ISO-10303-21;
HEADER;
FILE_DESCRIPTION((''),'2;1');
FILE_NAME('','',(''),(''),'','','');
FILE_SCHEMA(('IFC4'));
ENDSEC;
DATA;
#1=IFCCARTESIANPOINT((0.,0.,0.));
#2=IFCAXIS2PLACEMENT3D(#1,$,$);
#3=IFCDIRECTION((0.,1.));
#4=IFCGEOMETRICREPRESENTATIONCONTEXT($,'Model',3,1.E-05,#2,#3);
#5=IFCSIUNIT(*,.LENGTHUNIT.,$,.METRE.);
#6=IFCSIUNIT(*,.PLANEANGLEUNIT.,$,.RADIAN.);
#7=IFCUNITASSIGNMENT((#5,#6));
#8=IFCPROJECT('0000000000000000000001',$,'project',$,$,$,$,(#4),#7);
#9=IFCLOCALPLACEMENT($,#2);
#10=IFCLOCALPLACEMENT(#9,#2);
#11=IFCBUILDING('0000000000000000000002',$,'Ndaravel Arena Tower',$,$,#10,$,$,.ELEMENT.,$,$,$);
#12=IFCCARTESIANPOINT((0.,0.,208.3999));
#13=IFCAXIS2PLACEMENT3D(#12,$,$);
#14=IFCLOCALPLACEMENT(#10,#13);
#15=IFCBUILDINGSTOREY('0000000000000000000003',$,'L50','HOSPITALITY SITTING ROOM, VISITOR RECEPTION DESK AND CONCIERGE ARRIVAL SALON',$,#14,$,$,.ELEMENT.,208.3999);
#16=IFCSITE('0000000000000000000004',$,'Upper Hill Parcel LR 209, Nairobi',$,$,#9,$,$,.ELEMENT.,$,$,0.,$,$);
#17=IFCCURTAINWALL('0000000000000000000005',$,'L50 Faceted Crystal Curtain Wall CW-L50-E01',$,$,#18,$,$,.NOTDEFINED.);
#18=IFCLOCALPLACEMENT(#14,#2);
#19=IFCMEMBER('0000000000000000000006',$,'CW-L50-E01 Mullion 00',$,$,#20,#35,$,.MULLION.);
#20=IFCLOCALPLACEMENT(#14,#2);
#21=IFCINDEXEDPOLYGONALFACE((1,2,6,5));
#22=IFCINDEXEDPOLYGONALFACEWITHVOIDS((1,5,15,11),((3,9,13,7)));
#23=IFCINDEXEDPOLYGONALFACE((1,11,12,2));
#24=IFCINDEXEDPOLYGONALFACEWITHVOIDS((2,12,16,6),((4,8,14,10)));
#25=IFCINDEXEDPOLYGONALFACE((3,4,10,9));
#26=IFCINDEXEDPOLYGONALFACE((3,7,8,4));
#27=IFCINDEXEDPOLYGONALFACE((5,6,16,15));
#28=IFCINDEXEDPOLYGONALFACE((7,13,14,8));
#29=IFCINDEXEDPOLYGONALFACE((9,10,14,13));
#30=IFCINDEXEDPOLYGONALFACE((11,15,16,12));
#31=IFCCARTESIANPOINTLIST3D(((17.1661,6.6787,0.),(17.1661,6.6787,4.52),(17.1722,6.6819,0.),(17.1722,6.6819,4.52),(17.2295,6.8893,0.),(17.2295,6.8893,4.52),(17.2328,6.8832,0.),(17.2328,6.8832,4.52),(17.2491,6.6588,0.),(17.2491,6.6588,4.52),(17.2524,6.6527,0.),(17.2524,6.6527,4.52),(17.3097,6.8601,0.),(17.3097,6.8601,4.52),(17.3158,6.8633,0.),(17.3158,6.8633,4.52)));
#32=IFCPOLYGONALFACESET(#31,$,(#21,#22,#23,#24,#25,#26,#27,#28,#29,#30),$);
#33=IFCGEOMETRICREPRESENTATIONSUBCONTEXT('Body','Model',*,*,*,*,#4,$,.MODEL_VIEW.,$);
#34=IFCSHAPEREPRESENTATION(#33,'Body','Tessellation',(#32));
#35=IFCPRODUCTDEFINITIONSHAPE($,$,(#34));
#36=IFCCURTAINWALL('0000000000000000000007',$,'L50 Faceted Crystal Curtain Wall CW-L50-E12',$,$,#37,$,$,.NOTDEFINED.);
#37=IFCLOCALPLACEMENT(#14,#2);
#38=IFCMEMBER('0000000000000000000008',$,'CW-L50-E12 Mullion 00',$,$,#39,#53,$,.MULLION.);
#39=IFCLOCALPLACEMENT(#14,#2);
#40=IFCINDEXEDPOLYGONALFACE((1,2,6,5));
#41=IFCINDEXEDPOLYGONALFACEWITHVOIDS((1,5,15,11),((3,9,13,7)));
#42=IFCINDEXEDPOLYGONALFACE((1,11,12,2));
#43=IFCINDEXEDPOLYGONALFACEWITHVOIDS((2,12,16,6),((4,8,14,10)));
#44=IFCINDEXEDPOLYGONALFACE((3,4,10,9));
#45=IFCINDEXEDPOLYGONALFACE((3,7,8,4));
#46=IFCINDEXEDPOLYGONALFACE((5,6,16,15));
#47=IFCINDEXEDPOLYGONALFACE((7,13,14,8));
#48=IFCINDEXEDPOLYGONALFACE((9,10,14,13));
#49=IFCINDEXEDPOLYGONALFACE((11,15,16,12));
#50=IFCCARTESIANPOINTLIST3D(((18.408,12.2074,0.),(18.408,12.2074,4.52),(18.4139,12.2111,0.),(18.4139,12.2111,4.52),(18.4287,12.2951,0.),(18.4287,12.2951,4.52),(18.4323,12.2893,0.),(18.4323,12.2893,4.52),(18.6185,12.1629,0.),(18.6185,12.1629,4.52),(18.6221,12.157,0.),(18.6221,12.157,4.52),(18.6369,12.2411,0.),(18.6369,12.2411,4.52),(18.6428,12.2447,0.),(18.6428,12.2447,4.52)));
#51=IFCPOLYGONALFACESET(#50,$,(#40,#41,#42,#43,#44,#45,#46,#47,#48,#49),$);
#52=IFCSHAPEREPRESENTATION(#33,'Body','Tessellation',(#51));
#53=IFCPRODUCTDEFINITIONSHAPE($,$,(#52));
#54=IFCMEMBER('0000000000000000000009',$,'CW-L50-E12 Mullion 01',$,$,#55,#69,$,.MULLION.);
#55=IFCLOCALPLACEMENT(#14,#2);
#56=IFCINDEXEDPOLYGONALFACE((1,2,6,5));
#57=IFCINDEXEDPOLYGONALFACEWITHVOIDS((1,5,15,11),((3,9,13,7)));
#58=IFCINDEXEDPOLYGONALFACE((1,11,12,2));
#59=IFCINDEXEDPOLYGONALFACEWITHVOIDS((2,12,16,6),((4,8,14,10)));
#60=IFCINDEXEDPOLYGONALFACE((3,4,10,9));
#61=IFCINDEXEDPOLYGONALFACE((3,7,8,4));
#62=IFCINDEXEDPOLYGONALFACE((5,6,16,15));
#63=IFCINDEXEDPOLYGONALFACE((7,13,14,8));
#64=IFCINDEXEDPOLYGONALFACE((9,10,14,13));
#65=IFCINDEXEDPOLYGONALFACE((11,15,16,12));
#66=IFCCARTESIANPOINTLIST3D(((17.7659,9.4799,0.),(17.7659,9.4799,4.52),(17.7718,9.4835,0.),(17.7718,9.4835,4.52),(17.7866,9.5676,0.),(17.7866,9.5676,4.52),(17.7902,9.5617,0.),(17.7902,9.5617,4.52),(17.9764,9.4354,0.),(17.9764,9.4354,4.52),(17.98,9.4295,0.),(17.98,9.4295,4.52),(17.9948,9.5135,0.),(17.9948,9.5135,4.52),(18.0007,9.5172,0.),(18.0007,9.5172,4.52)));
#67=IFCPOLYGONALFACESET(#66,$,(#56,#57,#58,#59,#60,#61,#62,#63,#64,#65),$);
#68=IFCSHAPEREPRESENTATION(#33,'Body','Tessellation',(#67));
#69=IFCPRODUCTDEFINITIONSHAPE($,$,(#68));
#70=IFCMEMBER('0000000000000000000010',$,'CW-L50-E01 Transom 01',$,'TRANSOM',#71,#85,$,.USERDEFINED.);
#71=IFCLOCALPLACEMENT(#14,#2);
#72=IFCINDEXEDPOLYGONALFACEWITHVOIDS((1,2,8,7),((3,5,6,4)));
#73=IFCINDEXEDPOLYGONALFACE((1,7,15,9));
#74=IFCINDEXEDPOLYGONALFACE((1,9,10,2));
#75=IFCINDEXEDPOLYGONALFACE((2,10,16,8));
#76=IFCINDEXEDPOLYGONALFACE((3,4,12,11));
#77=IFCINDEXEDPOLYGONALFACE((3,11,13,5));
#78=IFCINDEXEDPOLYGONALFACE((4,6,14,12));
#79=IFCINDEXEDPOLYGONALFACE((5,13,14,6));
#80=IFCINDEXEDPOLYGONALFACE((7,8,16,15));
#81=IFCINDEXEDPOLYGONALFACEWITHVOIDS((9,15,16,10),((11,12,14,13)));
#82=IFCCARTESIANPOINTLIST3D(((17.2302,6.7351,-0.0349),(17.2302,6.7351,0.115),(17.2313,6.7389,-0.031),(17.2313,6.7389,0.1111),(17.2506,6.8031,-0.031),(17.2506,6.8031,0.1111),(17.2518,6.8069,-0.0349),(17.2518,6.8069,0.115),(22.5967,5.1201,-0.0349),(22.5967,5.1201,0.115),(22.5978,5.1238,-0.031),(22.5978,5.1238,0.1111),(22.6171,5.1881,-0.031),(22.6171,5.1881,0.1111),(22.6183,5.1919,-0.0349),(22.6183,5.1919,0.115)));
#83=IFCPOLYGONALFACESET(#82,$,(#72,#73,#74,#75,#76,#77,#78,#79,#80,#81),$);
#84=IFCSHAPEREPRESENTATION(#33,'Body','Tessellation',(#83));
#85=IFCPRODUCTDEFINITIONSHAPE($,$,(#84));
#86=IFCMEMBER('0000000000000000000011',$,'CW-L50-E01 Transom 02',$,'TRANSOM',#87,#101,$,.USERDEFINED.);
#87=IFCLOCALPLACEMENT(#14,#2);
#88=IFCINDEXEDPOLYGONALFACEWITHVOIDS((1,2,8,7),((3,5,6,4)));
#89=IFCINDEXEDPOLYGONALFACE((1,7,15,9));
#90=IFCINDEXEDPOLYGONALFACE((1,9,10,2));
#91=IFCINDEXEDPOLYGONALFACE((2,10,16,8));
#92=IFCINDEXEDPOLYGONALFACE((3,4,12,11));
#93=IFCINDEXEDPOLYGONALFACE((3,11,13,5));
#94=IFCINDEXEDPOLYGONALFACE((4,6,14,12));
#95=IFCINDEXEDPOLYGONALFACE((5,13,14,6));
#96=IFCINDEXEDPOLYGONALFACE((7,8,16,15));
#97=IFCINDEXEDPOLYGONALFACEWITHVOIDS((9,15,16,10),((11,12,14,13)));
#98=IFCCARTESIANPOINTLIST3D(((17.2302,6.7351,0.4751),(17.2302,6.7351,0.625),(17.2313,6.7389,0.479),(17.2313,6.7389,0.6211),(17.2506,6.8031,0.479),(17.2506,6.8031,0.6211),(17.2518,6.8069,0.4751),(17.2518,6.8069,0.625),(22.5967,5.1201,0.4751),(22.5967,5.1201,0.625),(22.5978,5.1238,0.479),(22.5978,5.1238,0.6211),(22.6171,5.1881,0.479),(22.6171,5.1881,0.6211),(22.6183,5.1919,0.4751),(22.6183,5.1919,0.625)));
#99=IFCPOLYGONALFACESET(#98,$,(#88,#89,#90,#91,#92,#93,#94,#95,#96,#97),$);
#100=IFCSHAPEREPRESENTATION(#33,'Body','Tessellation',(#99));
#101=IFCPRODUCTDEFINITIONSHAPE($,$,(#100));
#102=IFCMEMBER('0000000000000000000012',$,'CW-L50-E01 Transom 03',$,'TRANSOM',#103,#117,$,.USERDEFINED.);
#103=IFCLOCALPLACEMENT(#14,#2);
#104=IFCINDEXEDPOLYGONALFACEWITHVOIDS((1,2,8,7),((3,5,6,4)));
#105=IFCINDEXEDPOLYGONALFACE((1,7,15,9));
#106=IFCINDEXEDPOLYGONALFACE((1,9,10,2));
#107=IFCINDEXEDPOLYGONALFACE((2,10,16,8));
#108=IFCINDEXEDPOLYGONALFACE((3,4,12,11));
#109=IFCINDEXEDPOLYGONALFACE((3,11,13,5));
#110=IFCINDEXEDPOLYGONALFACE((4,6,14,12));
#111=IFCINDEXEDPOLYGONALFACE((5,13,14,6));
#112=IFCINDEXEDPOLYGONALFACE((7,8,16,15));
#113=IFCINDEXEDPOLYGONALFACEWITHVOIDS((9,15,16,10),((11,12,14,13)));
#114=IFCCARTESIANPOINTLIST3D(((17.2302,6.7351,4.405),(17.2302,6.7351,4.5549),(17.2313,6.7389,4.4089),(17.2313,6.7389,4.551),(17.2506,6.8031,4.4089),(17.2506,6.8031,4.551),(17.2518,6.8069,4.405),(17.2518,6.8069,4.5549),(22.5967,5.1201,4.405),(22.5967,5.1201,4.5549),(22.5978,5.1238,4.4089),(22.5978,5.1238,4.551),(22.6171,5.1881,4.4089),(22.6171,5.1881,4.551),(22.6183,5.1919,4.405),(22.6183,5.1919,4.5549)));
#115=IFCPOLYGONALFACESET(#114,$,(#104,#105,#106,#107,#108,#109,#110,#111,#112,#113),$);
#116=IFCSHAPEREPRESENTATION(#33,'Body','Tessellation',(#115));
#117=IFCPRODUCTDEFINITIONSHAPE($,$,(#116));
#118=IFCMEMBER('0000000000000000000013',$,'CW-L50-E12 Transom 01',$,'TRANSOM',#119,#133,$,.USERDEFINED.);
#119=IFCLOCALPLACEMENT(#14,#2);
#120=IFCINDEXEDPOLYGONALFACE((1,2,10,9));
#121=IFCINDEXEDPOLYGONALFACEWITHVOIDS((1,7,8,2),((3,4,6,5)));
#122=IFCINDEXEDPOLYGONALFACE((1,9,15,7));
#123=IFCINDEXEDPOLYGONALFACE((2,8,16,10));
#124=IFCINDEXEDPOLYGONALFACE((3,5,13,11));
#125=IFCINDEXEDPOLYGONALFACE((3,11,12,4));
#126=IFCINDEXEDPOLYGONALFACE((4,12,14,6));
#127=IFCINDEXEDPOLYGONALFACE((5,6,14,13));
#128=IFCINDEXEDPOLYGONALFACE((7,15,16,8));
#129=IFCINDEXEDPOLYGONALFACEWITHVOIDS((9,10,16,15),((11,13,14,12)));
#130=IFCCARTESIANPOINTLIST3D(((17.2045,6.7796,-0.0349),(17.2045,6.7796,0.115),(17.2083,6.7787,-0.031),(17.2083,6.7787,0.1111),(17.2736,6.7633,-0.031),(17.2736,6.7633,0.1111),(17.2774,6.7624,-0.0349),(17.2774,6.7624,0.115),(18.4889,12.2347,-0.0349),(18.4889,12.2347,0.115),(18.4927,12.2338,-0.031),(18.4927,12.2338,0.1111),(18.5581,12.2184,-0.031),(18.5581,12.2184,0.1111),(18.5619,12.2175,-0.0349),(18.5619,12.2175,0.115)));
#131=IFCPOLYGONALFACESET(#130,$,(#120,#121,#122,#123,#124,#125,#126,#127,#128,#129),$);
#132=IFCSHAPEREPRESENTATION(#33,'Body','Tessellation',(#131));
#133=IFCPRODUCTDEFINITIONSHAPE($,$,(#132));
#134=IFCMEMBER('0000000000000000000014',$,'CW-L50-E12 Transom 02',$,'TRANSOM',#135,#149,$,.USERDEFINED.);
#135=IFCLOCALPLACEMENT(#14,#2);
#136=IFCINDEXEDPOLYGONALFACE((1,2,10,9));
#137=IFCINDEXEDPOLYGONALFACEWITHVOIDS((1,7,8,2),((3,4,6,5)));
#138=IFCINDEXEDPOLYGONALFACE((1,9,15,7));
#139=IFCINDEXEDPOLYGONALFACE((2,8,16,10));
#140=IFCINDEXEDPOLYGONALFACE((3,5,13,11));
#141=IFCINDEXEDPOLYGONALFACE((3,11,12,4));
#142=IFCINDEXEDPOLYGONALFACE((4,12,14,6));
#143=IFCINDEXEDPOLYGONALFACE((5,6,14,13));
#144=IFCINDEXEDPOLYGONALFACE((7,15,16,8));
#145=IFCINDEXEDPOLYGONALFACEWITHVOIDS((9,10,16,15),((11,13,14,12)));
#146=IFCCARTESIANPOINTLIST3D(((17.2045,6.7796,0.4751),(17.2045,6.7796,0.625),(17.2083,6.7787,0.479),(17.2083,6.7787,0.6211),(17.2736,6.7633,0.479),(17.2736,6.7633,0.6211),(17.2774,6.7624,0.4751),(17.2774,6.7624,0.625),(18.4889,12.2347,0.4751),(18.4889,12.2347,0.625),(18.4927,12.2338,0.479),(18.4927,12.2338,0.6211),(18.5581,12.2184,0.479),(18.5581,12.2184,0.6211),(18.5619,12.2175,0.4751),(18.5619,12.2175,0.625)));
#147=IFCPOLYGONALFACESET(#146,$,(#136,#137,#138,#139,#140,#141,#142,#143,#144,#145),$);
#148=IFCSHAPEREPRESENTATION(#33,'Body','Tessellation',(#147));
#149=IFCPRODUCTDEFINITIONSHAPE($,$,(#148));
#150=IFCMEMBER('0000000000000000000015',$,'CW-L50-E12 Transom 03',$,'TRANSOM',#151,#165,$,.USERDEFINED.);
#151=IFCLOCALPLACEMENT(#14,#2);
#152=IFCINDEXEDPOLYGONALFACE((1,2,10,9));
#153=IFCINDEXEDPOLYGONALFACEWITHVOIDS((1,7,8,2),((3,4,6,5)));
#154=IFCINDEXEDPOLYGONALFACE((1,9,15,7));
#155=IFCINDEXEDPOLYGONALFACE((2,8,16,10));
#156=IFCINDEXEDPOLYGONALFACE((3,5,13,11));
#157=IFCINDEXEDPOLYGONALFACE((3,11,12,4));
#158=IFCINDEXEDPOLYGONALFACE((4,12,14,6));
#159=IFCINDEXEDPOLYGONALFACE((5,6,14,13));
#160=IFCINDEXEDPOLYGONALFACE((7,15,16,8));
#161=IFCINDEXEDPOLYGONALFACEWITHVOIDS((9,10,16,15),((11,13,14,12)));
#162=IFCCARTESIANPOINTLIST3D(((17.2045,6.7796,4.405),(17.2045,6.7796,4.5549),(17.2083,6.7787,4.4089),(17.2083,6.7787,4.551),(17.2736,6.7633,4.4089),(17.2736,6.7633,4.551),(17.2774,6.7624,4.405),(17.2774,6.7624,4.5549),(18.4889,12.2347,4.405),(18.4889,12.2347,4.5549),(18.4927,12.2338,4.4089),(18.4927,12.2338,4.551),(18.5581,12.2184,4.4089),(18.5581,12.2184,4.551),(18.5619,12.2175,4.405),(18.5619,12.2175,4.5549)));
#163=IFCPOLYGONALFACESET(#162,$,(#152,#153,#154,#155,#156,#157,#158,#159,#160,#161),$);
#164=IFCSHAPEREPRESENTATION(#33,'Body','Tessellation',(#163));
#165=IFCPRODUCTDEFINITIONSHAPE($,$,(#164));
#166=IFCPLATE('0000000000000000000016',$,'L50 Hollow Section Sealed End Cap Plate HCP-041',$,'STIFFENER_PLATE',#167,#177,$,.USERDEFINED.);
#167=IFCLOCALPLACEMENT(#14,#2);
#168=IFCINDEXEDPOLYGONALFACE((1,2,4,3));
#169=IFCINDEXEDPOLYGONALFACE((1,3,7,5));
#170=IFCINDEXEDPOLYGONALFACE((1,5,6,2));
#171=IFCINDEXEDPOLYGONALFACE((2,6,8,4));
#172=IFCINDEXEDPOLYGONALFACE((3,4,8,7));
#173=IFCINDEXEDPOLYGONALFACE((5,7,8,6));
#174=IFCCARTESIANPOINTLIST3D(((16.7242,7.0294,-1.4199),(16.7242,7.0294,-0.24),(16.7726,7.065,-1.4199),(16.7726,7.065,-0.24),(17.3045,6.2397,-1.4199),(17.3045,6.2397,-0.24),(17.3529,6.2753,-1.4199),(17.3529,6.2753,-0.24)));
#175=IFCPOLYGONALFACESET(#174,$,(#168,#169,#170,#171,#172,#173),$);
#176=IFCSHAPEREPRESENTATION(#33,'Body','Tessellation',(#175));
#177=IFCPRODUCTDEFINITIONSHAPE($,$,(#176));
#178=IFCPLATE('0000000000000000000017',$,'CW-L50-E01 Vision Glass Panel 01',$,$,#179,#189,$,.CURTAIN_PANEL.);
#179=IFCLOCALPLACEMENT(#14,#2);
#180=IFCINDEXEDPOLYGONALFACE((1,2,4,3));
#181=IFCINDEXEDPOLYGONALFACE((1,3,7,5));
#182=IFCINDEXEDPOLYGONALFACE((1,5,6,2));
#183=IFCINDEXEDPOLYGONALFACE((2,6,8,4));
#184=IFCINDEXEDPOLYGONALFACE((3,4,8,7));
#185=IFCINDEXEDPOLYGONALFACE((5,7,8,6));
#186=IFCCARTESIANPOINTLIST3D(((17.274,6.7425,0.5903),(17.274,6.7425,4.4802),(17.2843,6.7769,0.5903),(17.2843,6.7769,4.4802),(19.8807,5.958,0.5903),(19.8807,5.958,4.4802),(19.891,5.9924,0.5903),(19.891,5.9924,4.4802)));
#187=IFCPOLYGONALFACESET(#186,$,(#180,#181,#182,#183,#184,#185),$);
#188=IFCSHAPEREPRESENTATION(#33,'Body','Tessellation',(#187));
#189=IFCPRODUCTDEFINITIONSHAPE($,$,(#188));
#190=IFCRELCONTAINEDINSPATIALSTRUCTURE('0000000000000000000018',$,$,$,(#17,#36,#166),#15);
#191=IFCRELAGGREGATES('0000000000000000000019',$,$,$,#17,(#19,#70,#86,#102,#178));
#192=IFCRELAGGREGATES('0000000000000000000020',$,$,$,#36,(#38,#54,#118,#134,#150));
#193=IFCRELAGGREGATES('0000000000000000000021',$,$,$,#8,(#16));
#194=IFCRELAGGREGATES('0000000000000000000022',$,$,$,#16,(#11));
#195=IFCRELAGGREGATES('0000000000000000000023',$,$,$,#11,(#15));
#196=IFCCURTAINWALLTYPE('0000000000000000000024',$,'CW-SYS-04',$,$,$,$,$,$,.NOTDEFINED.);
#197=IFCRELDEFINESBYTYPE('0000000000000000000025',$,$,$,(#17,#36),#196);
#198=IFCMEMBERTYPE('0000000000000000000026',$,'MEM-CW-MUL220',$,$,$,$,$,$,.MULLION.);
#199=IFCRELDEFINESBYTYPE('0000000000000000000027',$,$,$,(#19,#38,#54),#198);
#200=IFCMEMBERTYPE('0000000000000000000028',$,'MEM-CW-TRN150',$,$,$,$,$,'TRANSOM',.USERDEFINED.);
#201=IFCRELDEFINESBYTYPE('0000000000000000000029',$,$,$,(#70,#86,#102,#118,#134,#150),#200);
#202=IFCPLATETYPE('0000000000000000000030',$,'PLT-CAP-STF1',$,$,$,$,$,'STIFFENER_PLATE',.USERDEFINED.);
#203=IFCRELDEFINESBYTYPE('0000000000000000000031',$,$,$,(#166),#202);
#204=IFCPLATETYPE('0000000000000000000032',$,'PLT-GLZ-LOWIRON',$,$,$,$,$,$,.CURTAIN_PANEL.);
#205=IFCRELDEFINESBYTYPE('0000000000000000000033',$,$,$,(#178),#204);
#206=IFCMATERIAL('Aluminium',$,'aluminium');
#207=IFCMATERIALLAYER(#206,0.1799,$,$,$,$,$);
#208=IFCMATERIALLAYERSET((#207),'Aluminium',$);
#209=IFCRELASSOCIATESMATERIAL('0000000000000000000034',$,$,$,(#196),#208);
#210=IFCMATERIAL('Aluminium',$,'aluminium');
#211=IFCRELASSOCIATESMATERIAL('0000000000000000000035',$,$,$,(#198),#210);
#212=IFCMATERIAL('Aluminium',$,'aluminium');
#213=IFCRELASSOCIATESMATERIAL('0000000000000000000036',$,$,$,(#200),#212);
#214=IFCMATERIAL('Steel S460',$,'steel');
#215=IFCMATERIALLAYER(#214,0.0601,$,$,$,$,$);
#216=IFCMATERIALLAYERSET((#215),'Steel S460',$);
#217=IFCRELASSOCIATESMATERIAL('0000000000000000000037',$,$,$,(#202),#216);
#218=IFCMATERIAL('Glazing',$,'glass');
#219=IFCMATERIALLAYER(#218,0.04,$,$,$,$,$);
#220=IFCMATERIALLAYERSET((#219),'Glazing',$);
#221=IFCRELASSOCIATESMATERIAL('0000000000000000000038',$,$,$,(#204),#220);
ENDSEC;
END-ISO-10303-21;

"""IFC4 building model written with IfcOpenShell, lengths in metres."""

from ifc_helpers import new_model, si_unit, direction, frame, origin, origin_2d, place, context, subcontext, project, spatial, rectangle, hollow_rectangle, extrude, material, layer, layer_set, material_profile, profile_set, type_object, element, aggregate, save


model = new_model("IFC4")

# Units and contexts
model_context = context("Model", 3, precision=1e-05, world=origin(), true_north=direction((0.0, 1.0)))
body_context = subcontext(model_context, "Body", "Model", "MODEL_VIEW")
ifc_project = project(units=[si_unit("LENGTHUNIT", "METRE"), si_unit("PLANEANGLEUNIT", "RADIAN")], contexts=[model_context])

# Site, building, storey
site_placement = place(None, origin())
site = spatial("IfcSite", under=ifc_project, at=site_placement, Name="Upper Hill Parcel LR 209, Nairobi", CompositionType="ELEMENT", RefElevation=0.0)
building_placement = place(site_placement, origin())
building = spatial("IfcBuilding", under=site, at=building_placement, Name="Ndaravel Arena Tower", CompositionType="ELEMENT")
storey_placement = place(building_placement, frame((0.0, 0.0, 208.3999)))
storey = spatial("IfcBuildingStorey", under=building, at=storey_placement, Name="L50", Description="HOSPITALITY SITTING ROOM, VISITOR RECEPTION DESK AND CONCIERGE ARRIVAL SALON", CompositionType="ELEMENT", Elevation=208.3999)

# Curtain wall, member
ifc_material_1 = material(Name="Aluminium", Category="aluminium")
ifc_layer_1 = layer(ifc_material_1, 0.1799)
ifc_layer_set_1 = layer_set([ifc_layer_1], Name="Aluminium")
curtain_wall_type = type_object("IfcCurtainWallType", Name="CW-SYS-04", PredefinedType="NOTDEFINED", material=ifc_layer_set_1)
curtain_wall_1_placement = place(storey_placement, origin())
curtain_wall_1 = element("IfcCurtainWall", 1, at=curtain_wall_1_placement, inside=storey, type_object=curtain_wall_type, Name="L50 Faceted Crystal Curtain Wall CW-L50-E01", PredefinedType="NOTDEFINED")
ifc_material_2 = material(Name="Aluminium", Category="aluminium")
ifc_material_profile_1 = material_profile(ifc_material_2, hollow_rectangle(XDim=0.0901, YDim=0.22, WallThickness=0.0049, at=origin_2d()), Name="CW MULLION 90x220x5")
ifc_profile_set_1 = profile_set([ifc_material_profile_1], Name="Aluminium")
member_type_1 = type_object("IfcMemberType", Name="MEM-CW-MUL220", PredefinedType="MULLION", material=ifc_profile_set_1)
member_1_placement = place(storey_placement, frame((17.241, 6.771, 0.0), z_axis=(0.0, 0.0, 1.0), x_axis=(0.957576, -0.28818, 0.0)))
member_1 = element("IfcMember", 2, at=member_1_placement, type_object=member_type_1, Name="CW-L50-E01 Mullion 00", PredefinedType="MULLION", context=body_context, shape_type="SweptSolid", body=[
    extrude(hollow_rectangle(XDim=0.0901, YDim=0.22, WallThickness=0.0049, at=origin_2d()), origin(), (0.0, 0.0, 1.0), 4.52),
])

# Curtain wall, members
curtain_wall_2_placement = place(storey_placement, origin())
curtain_wall_2 = element("IfcCurtainWall", 3, at=curtain_wall_2_placement, inside=storey, type_object=curtain_wall_type, Name="L50 Faceted Crystal Curtain Wall CW-L50-E12", PredefinedType="NOTDEFINED")
member_2_placement = place(storey_placement, frame((18.5254, 12.2261, 0.0), z_axis=(0.0, 0.0, 1.0), x_axis=(-0.229217, -0.973375, 0.0)))
member_2 = element("IfcMember", 4, at=member_2_placement, type_object=member_type_1, Name="CW-L50-E12 Mullion 00", PredefinedType="MULLION", context=body_context, shape_type="SweptSolid", body=[
    extrude(hollow_rectangle(XDim=0.0901, YDim=0.22, WallThickness=0.0049, at=origin_2d()), origin(), (0.0, 0.0, 1.0), 4.52),
])
member_3_placement = place(storey_placement, frame((17.8833, 9.4985, 0.0), z_axis=(0.0, 0.0, 1.0), x_axis=(-0.229217, -0.973375, 0.0)))
member_3 = element("IfcMember", 5, at=member_3_placement, type_object=member_type_1, Name="CW-L50-E12 Mullion 01", PredefinedType="MULLION", context=body_context, shape_type="SweptSolid", body=[
    extrude(hollow_rectangle(XDim=0.0901, YDim=0.22, WallThickness=0.0049, at=origin_2d()), origin(), (0.0, 0.0, 1.0), 4.52),
])

# Members
ifc_material_3 = material(Name="Aluminium", Category="aluminium")
ifc_material_profile_2 = material_profile(ifc_material_3, hollow_rectangle(XDim=0.075, YDim=0.1499, WallThickness=0.0039, at=origin_2d()), Name="CW TRANSOM 75x150x4")
ifc_profile_set_2 = profile_set([ifc_material_profile_2], Name="Aluminium")
member_type_2 = type_object("IfcMemberType", Name="MEM-CW-TRN150", ElementType="TRANSOM", PredefinedType="USERDEFINED", material=ifc_profile_set_2)
member_4_placement = place(storey_placement, frame((17.241, 6.771, 0.04), z_axis=(0.957578, -0.288175, 0.0), x_axis=(0.288175, 0.957578, 0.0)))
member_4 = element("IfcMember", 6, at=member_4_placement, type_object=member_type_2, Name="CW-L50-E01 Transom 01", ObjectType="TRANSOM", PredefinedType="USERDEFINED", context=body_context, shape_type="SweptSolid", body=[
    extrude(hollow_rectangle(XDim=0.075, YDim=0.1499, WallThickness=0.0039, at=origin_2d()), origin(), (0.0, 0.0, 1.0), 5.6042),
])
member_5_placement = place(storey_placement, frame((17.241, 6.771, 0.55), z_axis=(0.957578, -0.288175, 0.0), x_axis=(0.288175, 0.957578, 0.0)))
member_5 = element("IfcMember", 7, at=member_5_placement, type_object=member_type_2, Name="CW-L50-E01 Transom 02", ObjectType="TRANSOM", PredefinedType="USERDEFINED", context=body_context, shape_type="SweptSolid", body=[
    extrude(hollow_rectangle(XDim=0.075, YDim=0.1499, WallThickness=0.0039, at=origin_2d()), origin(), (0.0, 0.0, 1.0), 5.6042),
])
member_6_placement = place(storey_placement, frame((17.241, 6.771, 4.48), z_axis=(0.957578, -0.288175, 0.0), x_axis=(0.288175, 0.957578, 0.0)))
member_6 = element("IfcMember", 8, at=member_6_placement, type_object=member_type_2, Name="CW-L50-E01 Transom 03", ObjectType="TRANSOM", PredefinedType="USERDEFINED", context=body_context, shape_type="SweptSolid", body=[
    extrude(hollow_rectangle(XDim=0.075, YDim=0.1499, WallThickness=0.0039, at=origin_2d()), origin(), (0.0, 0.0, 1.0), 5.6042),
])
member_7_placement = place(storey_placement, frame((18.5254, 12.2261, 0.04), z_axis=(-0.229187, -0.973382, 0.0), x_axis=(0.973382, -0.229187, 0.0)))
member_7 = element("IfcMember", 9, at=member_7_placement, type_object=member_type_2, Name="CW-L50-E12 Transom 01", ObjectType="TRANSOM", PredefinedType="USERDEFINED", context=body_context, shape_type="SweptSolid", body=[
    extrude(hollow_rectangle(XDim=0.075, YDim=0.1499, WallThickness=0.0039, at=origin_2d()), origin(), (0.0, 0.0, 1.0), 5.6042),
])
member_8_placement = place(storey_placement, frame((18.5254, 12.2261, 0.55), z_axis=(-0.229187, -0.973382, 0.0), x_axis=(0.973382, -0.229187, 0.0)))
member_8 = element("IfcMember", 10, at=member_8_placement, type_object=member_type_2, Name="CW-L50-E12 Transom 02", ObjectType="TRANSOM", PredefinedType="USERDEFINED", context=body_context, shape_type="SweptSolid", body=[
    extrude(hollow_rectangle(XDim=0.075, YDim=0.1499, WallThickness=0.0039, at=origin_2d()), origin(), (0.0, 0.0, 1.0), 5.6042),
])
member_9_placement = place(storey_placement, frame((18.5254, 12.2261, 4.48), z_axis=(-0.229187, -0.973382, 0.0), x_axis=(0.973382, -0.229187, 0.0)))
member_9 = element("IfcMember", 11, at=member_9_placement, type_object=member_type_2, Name="CW-L50-E12 Transom 03", ObjectType="TRANSOM", PredefinedType="USERDEFINED", context=body_context, shape_type="SweptSolid", body=[
    extrude(hollow_rectangle(XDim=0.075, YDim=0.1499, WallThickness=0.0039, at=origin_2d()), origin(), (0.0, 0.0, 1.0), 5.6042),
])

# Plates
ifc_material_4 = material(Name="Steel S460", Category="steel")
ifc_layer_2 = layer(ifc_material_4, 0.0601)
ifc_layer_set_2 = layer_set([ifc_layer_2], Name="Steel S460")
plate_type_1 = type_object("IfcPlateType", Name="PLT-CAP-STF1", ElementType="STIFFENER_PLATE", PredefinedType="USERDEFINED", material=ifc_layer_set_2)
plate_1_placement = place(storey_placement, frame((17.0386, 6.6523, -1.4199), z_axis=(0.0, 0.0, 1.0), x_axis=(-0.805825, -0.592154, 0.0)))
element("IfcPlate", 12, at=plate_1_placement, inside=storey, type_object=plate_type_1, Name="L50 Hollow Section Sealed End Cap Plate HCP-041", ObjectType="STIFFENER_PLATE", PredefinedType="USERDEFINED", context=body_context, shape_type="SweptSolid", body=[
    extrude(rectangle(XDim=0.0601, YDim=0.98, at=origin_2d()), origin(), (0.0, 0.0, 1.0), 1.1799),
])
ifc_material_5 = material(Name="Glazing", Category="glass")
ifc_layer_3 = layer(ifc_material_5, 0.04)
ifc_layer_set_3 = layer_set([ifc_layer_3], Name="Glazing")
plate_type_2 = type_object("IfcPlateType", Name="PLT-GLZ-LOWIRON", PredefinedType="CURTAIN_PANEL", material=ifc_layer_set_3)
plate_2_placement = place(storey_placement, frame((18.5825, 6.3674, 0.5903), z_axis=(0.0, 0.0, 1.0), x_axis=(0.957576, -0.28818, 0.0)))
plate_2 = element("IfcPlate", 13, at=plate_2_placement, type_object=plate_type_2, Name="CW-L50-E01 Vision Glass Panel 01", PredefinedType="CURTAIN_PANEL", context=body_context, shape_type="SweptSolid", body=[
    extrude(rectangle(XDim=2.7222, YDim=0.0359, at=origin_2d()), origin(), (0.0, 0.0, 1.0), 3.8899),
])

aggregate(curtain_wall_1, [member_1, member_4, member_5, member_6, plate_2])
aggregate(curtain_wall_2, [member_2, member_3, member_7, member_8, member_9])

save(model, "model.ifc")
